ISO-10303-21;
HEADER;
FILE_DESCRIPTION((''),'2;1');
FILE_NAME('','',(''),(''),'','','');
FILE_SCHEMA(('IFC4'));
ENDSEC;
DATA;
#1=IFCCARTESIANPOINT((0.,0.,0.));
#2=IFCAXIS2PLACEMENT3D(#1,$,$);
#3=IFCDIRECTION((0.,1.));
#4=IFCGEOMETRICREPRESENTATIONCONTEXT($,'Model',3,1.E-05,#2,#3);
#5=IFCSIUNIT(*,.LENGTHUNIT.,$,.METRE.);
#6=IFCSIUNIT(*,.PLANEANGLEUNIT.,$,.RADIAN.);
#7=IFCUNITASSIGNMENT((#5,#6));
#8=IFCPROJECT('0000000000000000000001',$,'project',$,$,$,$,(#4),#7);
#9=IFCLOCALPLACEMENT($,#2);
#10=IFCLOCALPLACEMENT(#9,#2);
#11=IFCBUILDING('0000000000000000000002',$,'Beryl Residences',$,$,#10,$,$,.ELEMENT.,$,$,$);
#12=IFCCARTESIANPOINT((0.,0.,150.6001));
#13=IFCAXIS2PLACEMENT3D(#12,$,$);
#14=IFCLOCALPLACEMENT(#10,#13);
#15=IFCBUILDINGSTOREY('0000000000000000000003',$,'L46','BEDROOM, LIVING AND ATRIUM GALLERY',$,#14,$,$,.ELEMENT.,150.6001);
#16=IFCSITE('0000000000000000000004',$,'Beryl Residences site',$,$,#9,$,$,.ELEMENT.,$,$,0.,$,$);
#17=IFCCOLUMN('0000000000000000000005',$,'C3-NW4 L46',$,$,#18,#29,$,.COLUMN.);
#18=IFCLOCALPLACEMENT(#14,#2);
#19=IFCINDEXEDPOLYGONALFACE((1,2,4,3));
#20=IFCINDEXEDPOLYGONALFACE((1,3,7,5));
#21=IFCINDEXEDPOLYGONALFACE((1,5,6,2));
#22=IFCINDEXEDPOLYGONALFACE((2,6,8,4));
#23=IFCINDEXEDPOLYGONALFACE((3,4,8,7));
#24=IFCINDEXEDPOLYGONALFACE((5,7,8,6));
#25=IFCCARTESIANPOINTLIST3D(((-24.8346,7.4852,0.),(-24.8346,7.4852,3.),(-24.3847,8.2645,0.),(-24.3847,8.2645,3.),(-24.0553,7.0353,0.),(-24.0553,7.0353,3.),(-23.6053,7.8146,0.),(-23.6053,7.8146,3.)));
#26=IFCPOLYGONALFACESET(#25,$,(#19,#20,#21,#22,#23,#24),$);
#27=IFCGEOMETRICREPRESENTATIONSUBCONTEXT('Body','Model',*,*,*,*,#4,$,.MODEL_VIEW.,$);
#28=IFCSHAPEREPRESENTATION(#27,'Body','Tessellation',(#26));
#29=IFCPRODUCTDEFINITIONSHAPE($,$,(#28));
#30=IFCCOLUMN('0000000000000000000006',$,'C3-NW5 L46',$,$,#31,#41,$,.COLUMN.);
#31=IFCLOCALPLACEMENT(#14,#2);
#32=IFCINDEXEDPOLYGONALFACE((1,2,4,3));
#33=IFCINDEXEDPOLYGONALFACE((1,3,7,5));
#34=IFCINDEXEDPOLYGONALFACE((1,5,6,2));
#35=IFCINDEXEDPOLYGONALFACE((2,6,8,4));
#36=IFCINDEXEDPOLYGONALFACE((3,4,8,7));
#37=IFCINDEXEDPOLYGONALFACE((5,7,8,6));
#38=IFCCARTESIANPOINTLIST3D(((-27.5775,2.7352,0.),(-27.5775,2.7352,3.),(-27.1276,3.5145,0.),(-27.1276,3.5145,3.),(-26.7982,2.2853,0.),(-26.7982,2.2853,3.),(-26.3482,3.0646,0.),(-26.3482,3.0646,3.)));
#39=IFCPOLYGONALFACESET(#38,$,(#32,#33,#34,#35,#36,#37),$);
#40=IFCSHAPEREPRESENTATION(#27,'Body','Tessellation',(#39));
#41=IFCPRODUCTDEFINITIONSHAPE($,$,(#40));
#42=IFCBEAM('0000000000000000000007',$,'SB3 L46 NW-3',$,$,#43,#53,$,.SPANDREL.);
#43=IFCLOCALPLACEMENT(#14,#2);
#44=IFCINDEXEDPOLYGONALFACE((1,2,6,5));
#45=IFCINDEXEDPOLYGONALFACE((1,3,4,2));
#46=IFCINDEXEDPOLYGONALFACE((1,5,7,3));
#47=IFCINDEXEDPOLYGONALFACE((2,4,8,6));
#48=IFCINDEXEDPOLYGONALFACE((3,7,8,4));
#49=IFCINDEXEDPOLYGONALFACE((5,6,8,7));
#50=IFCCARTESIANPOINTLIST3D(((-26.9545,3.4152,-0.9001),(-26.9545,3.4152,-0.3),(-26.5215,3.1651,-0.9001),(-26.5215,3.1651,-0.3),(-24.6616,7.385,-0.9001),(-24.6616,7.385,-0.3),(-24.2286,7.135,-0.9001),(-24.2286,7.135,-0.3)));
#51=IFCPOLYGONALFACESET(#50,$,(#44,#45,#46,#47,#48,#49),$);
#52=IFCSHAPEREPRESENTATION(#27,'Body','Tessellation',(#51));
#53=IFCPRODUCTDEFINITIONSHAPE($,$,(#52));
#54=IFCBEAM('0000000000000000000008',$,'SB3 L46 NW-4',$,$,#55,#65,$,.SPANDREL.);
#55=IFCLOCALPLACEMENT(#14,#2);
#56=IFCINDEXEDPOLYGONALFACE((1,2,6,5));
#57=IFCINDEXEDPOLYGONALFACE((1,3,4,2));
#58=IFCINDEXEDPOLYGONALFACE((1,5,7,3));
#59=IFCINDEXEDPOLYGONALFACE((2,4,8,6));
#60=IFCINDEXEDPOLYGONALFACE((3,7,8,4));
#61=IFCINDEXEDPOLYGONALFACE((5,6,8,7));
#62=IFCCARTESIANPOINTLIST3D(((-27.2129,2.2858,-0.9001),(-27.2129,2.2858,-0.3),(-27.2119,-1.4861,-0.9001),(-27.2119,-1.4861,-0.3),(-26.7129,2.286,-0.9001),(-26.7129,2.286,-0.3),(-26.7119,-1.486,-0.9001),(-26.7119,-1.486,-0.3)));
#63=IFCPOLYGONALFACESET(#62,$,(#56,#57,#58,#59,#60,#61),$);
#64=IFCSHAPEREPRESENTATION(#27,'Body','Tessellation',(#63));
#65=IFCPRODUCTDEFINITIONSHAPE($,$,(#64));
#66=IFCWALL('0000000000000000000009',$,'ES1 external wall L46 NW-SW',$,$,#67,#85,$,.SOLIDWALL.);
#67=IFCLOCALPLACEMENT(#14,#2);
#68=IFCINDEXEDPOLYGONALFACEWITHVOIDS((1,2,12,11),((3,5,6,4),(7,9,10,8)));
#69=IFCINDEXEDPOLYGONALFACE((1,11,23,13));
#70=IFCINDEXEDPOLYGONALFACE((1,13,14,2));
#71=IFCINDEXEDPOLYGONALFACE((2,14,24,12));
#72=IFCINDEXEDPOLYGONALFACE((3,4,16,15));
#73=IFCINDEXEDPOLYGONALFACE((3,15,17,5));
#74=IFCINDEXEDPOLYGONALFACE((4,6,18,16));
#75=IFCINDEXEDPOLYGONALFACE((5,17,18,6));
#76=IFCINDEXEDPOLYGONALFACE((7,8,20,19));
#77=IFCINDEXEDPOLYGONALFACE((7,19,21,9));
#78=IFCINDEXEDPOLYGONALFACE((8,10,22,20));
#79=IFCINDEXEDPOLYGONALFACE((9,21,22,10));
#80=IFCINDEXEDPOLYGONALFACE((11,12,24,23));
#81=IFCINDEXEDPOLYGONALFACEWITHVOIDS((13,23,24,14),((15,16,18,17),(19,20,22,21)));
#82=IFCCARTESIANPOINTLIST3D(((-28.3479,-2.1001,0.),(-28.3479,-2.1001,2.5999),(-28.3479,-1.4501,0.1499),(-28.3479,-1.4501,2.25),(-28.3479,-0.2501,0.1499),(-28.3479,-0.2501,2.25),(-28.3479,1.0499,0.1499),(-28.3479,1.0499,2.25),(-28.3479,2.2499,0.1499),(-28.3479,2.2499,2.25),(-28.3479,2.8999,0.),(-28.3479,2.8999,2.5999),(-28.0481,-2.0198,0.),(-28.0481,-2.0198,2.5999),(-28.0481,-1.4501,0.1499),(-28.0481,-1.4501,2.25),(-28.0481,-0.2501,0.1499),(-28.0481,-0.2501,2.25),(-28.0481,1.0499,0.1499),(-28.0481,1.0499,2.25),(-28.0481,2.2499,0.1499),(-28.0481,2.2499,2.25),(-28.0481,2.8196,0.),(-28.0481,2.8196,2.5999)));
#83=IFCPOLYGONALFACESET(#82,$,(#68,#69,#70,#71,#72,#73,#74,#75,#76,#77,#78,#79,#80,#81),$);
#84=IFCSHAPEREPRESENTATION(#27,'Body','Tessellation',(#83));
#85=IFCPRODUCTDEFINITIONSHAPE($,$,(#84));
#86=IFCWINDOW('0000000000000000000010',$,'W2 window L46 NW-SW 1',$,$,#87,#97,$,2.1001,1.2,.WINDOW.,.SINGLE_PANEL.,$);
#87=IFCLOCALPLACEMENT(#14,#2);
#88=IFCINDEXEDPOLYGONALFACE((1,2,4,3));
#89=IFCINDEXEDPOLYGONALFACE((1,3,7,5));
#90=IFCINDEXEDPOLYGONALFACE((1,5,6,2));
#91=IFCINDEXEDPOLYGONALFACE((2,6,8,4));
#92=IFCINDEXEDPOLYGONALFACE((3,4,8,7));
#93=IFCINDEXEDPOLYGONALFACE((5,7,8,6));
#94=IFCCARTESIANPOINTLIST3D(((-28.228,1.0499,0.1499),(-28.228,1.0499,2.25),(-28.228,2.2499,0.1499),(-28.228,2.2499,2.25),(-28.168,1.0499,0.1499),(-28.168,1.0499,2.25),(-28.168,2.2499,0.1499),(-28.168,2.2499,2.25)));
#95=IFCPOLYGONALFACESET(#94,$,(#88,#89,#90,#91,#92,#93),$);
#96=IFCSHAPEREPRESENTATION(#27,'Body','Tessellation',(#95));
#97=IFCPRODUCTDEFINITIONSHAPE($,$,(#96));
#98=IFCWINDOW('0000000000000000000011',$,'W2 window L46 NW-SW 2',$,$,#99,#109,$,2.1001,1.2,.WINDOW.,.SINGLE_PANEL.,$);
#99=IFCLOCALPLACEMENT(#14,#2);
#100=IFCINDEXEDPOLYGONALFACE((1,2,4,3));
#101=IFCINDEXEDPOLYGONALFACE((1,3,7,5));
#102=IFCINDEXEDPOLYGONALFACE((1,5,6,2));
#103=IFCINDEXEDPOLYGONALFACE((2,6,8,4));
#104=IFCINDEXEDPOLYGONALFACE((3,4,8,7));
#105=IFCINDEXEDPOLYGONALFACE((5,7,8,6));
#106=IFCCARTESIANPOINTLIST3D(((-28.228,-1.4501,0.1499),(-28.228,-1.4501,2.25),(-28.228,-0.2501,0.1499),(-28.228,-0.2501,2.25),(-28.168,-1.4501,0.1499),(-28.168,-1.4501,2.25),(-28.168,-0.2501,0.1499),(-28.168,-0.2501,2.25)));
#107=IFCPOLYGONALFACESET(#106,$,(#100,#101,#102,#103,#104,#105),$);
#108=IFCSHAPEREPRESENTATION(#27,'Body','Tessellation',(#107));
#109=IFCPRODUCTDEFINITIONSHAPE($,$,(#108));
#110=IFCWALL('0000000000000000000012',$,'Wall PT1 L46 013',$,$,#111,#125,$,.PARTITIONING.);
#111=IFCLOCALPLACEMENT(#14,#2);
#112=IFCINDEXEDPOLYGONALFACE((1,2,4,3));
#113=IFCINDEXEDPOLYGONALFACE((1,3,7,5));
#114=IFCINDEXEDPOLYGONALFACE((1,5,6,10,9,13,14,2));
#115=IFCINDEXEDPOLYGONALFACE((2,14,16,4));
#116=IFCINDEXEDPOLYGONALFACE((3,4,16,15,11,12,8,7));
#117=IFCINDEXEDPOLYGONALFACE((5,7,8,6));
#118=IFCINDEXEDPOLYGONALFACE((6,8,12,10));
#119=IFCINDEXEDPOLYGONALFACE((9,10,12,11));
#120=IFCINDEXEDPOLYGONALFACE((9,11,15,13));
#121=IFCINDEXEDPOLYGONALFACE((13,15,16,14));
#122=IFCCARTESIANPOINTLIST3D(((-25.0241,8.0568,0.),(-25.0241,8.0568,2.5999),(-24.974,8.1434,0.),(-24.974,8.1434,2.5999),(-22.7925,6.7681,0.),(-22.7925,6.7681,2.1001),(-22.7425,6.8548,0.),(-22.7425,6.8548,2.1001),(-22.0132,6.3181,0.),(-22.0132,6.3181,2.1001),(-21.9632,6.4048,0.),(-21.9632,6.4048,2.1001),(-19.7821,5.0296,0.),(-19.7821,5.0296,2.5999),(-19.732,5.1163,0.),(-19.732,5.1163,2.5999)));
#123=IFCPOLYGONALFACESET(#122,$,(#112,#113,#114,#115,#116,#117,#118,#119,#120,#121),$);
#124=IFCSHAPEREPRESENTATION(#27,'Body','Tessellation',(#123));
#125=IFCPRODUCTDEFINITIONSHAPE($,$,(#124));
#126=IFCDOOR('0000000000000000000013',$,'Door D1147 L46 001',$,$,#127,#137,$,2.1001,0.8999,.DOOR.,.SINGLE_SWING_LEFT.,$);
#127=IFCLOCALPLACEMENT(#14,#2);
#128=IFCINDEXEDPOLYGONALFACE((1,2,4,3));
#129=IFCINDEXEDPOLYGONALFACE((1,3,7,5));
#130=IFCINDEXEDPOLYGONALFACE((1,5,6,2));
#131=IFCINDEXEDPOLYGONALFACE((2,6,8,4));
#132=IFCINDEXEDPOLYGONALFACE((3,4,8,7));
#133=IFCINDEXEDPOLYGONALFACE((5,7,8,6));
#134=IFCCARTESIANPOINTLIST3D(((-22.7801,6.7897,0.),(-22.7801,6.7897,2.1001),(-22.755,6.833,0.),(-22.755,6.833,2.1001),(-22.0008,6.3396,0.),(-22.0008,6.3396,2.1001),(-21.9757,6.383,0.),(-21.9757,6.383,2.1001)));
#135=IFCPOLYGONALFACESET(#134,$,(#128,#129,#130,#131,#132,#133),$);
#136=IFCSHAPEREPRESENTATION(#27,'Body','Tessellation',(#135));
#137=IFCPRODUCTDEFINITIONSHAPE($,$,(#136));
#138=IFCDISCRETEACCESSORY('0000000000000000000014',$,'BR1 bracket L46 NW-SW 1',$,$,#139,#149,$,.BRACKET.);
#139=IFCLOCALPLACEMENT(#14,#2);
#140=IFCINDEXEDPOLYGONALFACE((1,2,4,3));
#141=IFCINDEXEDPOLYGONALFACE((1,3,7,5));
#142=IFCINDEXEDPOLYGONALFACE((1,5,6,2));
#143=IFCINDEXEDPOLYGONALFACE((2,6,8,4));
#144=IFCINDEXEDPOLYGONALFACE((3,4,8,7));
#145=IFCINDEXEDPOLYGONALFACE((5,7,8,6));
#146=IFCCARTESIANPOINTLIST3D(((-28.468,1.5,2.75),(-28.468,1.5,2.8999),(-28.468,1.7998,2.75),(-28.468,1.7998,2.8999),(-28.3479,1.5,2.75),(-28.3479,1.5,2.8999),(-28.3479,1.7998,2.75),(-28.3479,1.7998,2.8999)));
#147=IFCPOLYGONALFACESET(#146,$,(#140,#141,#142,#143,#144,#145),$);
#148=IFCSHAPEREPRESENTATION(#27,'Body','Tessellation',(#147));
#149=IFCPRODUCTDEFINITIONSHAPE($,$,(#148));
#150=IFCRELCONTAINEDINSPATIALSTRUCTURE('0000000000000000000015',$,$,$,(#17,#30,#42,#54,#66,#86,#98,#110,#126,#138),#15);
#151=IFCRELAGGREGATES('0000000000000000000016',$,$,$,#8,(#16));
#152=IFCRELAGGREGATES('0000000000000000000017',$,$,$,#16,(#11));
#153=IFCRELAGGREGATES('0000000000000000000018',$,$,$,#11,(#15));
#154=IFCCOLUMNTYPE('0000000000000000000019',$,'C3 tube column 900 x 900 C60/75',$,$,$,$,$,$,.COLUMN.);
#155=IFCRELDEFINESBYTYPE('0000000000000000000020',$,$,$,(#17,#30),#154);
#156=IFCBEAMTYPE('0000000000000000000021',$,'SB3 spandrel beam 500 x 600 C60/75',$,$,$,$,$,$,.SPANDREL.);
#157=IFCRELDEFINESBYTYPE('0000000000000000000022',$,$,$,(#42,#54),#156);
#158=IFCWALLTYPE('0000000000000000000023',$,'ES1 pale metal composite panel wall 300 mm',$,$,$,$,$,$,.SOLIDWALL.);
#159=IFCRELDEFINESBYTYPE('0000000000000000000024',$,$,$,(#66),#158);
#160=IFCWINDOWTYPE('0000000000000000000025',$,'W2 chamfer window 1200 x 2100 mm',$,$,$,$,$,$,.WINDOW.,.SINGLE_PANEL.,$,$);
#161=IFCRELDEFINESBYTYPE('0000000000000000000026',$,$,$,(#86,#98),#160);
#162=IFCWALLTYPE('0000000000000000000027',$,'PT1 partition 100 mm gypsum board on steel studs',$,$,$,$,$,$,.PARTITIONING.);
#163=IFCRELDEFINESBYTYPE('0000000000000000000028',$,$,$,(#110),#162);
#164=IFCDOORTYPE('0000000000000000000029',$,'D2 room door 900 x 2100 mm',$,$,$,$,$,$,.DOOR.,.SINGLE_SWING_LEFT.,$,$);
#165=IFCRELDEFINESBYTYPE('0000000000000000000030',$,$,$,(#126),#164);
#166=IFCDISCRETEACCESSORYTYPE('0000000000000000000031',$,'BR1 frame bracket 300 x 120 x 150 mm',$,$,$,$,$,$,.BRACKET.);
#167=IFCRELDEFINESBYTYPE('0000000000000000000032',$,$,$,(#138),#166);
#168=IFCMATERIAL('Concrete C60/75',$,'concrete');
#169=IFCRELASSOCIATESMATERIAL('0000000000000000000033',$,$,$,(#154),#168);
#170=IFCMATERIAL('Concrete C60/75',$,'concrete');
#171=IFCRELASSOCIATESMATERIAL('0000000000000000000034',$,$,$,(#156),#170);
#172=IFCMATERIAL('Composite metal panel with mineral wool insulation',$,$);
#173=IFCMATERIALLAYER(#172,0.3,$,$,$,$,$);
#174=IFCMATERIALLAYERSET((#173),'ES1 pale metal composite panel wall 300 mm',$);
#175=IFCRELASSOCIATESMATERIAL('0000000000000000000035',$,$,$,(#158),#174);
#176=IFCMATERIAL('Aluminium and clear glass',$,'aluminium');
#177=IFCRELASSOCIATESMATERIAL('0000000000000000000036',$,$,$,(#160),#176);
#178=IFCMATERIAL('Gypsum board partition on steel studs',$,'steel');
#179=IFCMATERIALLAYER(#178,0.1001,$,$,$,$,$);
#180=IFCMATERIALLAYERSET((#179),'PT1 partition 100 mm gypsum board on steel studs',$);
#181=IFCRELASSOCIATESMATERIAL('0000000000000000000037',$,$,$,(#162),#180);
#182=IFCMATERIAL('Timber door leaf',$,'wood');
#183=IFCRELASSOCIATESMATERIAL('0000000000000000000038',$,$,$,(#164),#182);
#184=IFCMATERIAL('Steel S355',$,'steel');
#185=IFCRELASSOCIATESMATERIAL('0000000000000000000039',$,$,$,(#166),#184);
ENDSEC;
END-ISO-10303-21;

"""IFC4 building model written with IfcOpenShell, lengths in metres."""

from ifc_helpers import new_model, si_unit, direction, frame, frame_2d, origin, origin_2d, place, context, subcontext, project, spatial, polyline, rectangle, outline, extrude, source, transform, mapped, material, layer, layer_set, material_profile, profile_set, type_object, type_shapes, element, fill, save


model = new_model("IFC4")

# Units and contexts
model_context = context("Model", 3, precision=1e-05, world=origin(), true_north=direction((0.0, 1.0)))
body_context = subcontext(model_context, "Body", "Model", "MODEL_VIEW")
ifc_project = project(units=[si_unit("LENGTHUNIT", "METRE"), si_unit("PLANEANGLEUNIT", "RADIAN")], contexts=[model_context])

# Site, building, storey
site_placement = place(None, origin())
site = spatial("IfcSite", under=ifc_project, at=site_placement, Name="Beryl Residences site", CompositionType="ELEMENT", RefElevation=0.0)
building_placement = place(site_placement, origin())
building = spatial("IfcBuilding", under=site, at=building_placement, Name="Beryl Residences", CompositionType="ELEMENT")
storey_placement = place(building_placement, frame((0.0, 0.0, 150.6001)))
storey = spatial("IfcBuildingStorey", under=building, at=storey_placement, Name="L46", Description="BEDROOM, LIVING AND ATRIUM GALLERY", CompositionType="ELEMENT", Elevation=150.6001)

# Columns
ifc_material_1 = material(Name="Concrete C60/75", Category="concrete")
ifc_material_profile_1 = material_profile(ifc_material_1, rectangle(XDim=0.8999, YDim=0.8999, at=origin_2d()))
ifc_profile_set_1 = profile_set([ifc_material_profile_1], Name="Concrete C60/75")
column_type = type_object("IfcColumnType", Name="C3 tube column 900 x 900 C60/75", PredefinedType="COLUMN", material=ifc_profile_set_1)
for number, where, z_axis, x_axis, name in (
    (1, (-24.22, 7.6499, 0.0), (0.0, 0.0, 1.0), (-0.5, -0.866025, 0.0), "C3-NW4 L46"),
    (2, (-26.9629, 2.8999, 0.0), (0.0, 0.0, 1.0), (-0.5, -0.866025, 0.0), "C3-NW5 L46"),
):
    element("IfcColumn", number, at=place(storey_placement, frame(where, z_axis=z_axis, x_axis=x_axis)), inside=storey, type_object=column_type, Name=name, PredefinedType="COLUMN", context=body_context, shape_type="SweptSolid", body=[
        extrude(rectangle(XDim=0.8999, YDim=0.8999, at=origin_2d()), origin(), (0.0, 0.0, 1.0), 3.0),
    ])

# Beams
ifc_material_2 = material(Name="Concrete C60/75", Category="concrete")
ifc_material_profile_2 = material_profile(ifc_material_2, rectangle(XDim=0.5, YDim=0.6001, at=origin_2d()))
ifc_profile_set_2 = profile_set([ifc_material_profile_2], Name="Concrete C60/75")
beam_type = type_object("IfcBeamType", Name="SB3 spandrel beam 500 x 600 C60/75", PredefinedType="SPANDREL", material=ifc_profile_set_2)
beam_1_placement = place(storey_placement, frame((-24.4451, 7.26, -0.6001), z_axis=(-0.500148, -0.86594, 0.0), x_axis=(0.86594, -0.500148, 0.0)))
element("IfcBeam", 3, at=beam_1_placement, inside=storey, type_object=beam_type, Name="SB3 L46 NW-3", PredefinedType="SPANDREL", context=body_context, shape_type="SweptSolid", body=[
    extrude(rectangle(XDim=0.5, YDim=0.6001, at=origin_2d()), origin(), (0.0, 0.0, 1.0), 4.5845),
])
beam_2_placement = place(storey_placement, frame((-26.9629, 2.2859, -0.6001), z_axis=(0.000259, -1.0, 0.0), x_axis=(1.0, 0.000259, 0.0)))
element("IfcBeam", 4, at=beam_2_placement, inside=storey, type_object=beam_type, Name="SB3 L46 NW-4", PredefinedType="SPANDREL", context=body_context, shape_type="SweptSolid", body=[
    extrude(rectangle(XDim=0.5, YDim=0.6001, at=origin_2d()), origin(), (0.0, 0.0, 1.0), 3.772),
])

# Wall, openings, windows
ifc_material_3 = material(Name="Composite metal panel with mineral wool insulation")
ifc_layer_1 = layer(ifc_material_3, 0.3)
ifc_layer_set_1 = layer_set([ifc_layer_1], Name="ES1 pale metal composite panel wall 300 mm")
wall_type_1 = type_object("IfcWallType", Name="ES1 pale metal composite panel wall 300 mm", PredefinedType="SOLIDWALL", material=ifc_layer_set_1)
wall_1_placement = place(storey_placement, frame((-28.198, 2.8999, 0.0), z_axis=(0.0, 0.0, 1.0), x_axis=(0.0, -1.0, 0.0)))
wall_1 = element("IfcWall", 5, at=wall_1_placement, inside=storey, type_object=wall_type_1, Name="ES1 external wall L46 NW-SW", PredefinedType="SOLIDWALL", context=body_context, shape_type="SweptSolid", body=[
    extrude(outline(polyline([(0.0, -0.1499), (5.0, -0.1499), (4.9197, 0.1499), (0.0803, 0.1499), (0.0, -0.1499)])), origin(), (0.0, 0.0, 1.0), 2.5999),
])
opening_1_placement = place(wall_1_placement, frame((0.6499, 0.0, 0.1499)))
opening_1 = element("IfcOpeningElement", 6, at=opening_1_placement, cuts=wall_1, PredefinedType="OPENING", context=body_context, shape_type="SweptSolid", body=[
    extrude(rectangle(XDim=1.2, YDim=2.1001, at=frame_2d((0.6001, 1.05))), frame((0.0, 0.1599, 0.0), z_axis=(0.0, -1.0, 0.0), x_axis=(1.0, 0.0, 0.0)), (0.0, 0.0, 1.0), 0.3201),
])
opening_2_placement = place(wall_1_placement, frame((3.1499, 0.0, 0.1499)))
opening_2 = element("IfcOpeningElement", 7, at=opening_2_placement, cuts=wall_1, PredefinedType="OPENING", context=body_context, shape_type="SweptSolid", body=[
    extrude(rectangle(XDim=1.2, YDim=2.1001, at=frame_2d((0.6001, 1.05))), frame((0.0, 0.1599, 0.0), z_axis=(0.0, -1.0, 0.0), x_axis=(1.0, 0.0, 0.0)), (0.0, 0.0, 1.0), 0.3201),
])
ifc_material_4 = material(Name="Aluminium and clear glass", Category="aluminium")
window_type = type_object("IfcWindowType", Name="W2 chamfer window 1200 x 2100 mm", PartitioningType="SINGLE_PANEL", PredefinedType="WINDOW", material=ifc_material_4)
window_1_placement = place(opening_1_placement, origin())
window_1 = element("IfcWindow", 8, at=window_1_placement, inside=storey, type_object=window_type, Name="W2 window L46 NW-SW 1", OverallHeight=2.1001, OverallWidth=1.2, PartitioningType="SINGLE_PANEL", PredefinedType="WINDOW", context=body_context, shape_type="SweptSolid", body=[
    extrude(rectangle(XDim=1.2, YDim=2.1001, at=frame_2d((0.6001, 1.05))), frame((0.0, 0.03, 0.0), z_axis=(0.0, -1.0, 0.0), x_axis=(1.0, 0.0, 0.0)), (0.0, 0.0, 1.0), 0.0601),
])
fill(opening_1, window_1)
window_2_placement = place(opening_2_placement, origin())
window_2 = element("IfcWindow", 9, at=window_2_placement, inside=storey, type_object=window_type, Name="W2 window L46 NW-SW 2", OverallHeight=2.1001, OverallWidth=1.2, PartitioningType="SINGLE_PANEL", PredefinedType="WINDOW", context=body_context, shape_type="SweptSolid", body=[
    extrude(rectangle(XDim=1.2, YDim=2.1001, at=frame_2d((0.6001, 1.05))), frame((0.0, 0.03, 0.0), z_axis=(0.0, -1.0, 0.0), x_axis=(1.0, 0.0, 0.0)), (0.0, 0.0, 1.0), 0.0601),
])
fill(opening_2, window_2)

# Wall, opening, door
ifc_material_5 = material(Name="Gypsum board partition on steel studs", Category="steel")
ifc_layer_2 = layer(ifc_material_5, 0.1001)
ifc_layer_set_2 = layer_set([ifc_layer_2], Name="PT1 partition 100 mm gypsum board on steel studs")
wall_type_2 = type_object("IfcWallType", Name="PT1 partition 100 mm gypsum board on steel studs", PredefinedType="PARTITIONING", material=ifc_layer_set_2)
wall_2_placement = place(storey_placement, frame((-24.999, 8.1001, 0.0), z_axis=(0.0, 0.0, 1.0), x_axis=(0.865978, -0.500082, 0.0)))
wall_2 = element("IfcWall", 10, at=wall_2_placement, inside=storey, type_object=wall_type_2, Name="Wall PT1 L46 013", PredefinedType="PARTITIONING", context=body_context, shape_type="SweptSolid", body=[
    extrude(rectangle(XDim=6.0532, YDim=0.1001, at=frame_2d((3.0266, 0.0))), origin(), (0.0, 0.0, 1.0), 2.5999),
])
opening_3_placement = place(wall_2_placement, frame((2.5769, 0.0, 0.0)))
opening_3 = element("IfcOpeningElement", 11, at=opening_3_placement, cuts=wall_2, PredefinedType="OPENING", context=body_context, shape_type="SweptSolid", body=[
    extrude(rectangle(XDim=0.8999, YDim=2.1001, at=frame_2d((0.45, 1.05))), frame((0.0, 0.0601, 0.0), z_axis=(0.0, -1.0, 0.0), x_axis=(1.0, 0.0, 0.0)), (0.0, 0.0, 1.0), 0.1201),
])
ifc_material_6 = material(Name="Timber door leaf", Category="wood")
door_type = type_object("IfcDoorType", Name="D2 room door 900 x 2100 mm", OperationType="SINGLE_SWING_LEFT", PredefinedType="DOOR", material=ifc_material_6)
door_placement = place(opening_3_placement, origin())
door = element("IfcDoor", 12, at=door_placement, inside=storey, type_object=door_type, Name="Door D1147 L46 001", OperationType="SINGLE_SWING_LEFT", OverallHeight=2.1001, OverallWidth=0.8999, PredefinedType="DOOR", context=body_context, shape_type="SweptSolid", body=[
    extrude(rectangle(XDim=0.8999, YDim=2.1001, at=frame_2d((0.45, 1.05))), frame((0.0, 0.0249, 0.0), z_axis=(0.0, -1.0, 0.0), x_axis=(1.0, 0.0, 0.0)), (0.0, 0.0, 1.0), 0.05),
])
fill(opening_3, door)

# Discrete accessory
ifc_material_7 = material(Name="Steel S355", Category="steel")
discrete_accessory_type = type_object("IfcDiscreteAccessoryType", Name="BR1 frame bracket 300 x 120 x 150 mm", PredefinedType="BRACKET", material=ifc_material_7)
shared_shape_1 = source(origin(), body_context, "Body", "SweptSolid", [
    extrude(outline(polyline([(-0.1499, 0.0), (0.1499, 0.0), (0.1499, 0.1201), (-0.1499, 0.1201), (-0.1499, 0.0)])), origin(), (0.0, 0.0, 1.0), 0.1499),
])
type_shapes(discrete_accessory_type, [shared_shape_1])
discrete_accessory_placement = place(storey_placement, frame((-28.3479, 1.6499, 2.75), z_axis=(0.0, 0.0, 1.0), x_axis=(0.0, 1.0, 0.0)))
element("IfcDiscreteAccessory", 13, at=discrete_accessory_placement, inside=storey, type_object=discrete_accessory_type, Name="BR1 bracket L46 NW-SW 1", PredefinedType="BRACKET", context=body_context, shape_type="MappedRepresentation", body=[
    mapped(shared_shape_1, transform((0.0, 0.0, 0.0))),
])

save(model, "model.ifc")
